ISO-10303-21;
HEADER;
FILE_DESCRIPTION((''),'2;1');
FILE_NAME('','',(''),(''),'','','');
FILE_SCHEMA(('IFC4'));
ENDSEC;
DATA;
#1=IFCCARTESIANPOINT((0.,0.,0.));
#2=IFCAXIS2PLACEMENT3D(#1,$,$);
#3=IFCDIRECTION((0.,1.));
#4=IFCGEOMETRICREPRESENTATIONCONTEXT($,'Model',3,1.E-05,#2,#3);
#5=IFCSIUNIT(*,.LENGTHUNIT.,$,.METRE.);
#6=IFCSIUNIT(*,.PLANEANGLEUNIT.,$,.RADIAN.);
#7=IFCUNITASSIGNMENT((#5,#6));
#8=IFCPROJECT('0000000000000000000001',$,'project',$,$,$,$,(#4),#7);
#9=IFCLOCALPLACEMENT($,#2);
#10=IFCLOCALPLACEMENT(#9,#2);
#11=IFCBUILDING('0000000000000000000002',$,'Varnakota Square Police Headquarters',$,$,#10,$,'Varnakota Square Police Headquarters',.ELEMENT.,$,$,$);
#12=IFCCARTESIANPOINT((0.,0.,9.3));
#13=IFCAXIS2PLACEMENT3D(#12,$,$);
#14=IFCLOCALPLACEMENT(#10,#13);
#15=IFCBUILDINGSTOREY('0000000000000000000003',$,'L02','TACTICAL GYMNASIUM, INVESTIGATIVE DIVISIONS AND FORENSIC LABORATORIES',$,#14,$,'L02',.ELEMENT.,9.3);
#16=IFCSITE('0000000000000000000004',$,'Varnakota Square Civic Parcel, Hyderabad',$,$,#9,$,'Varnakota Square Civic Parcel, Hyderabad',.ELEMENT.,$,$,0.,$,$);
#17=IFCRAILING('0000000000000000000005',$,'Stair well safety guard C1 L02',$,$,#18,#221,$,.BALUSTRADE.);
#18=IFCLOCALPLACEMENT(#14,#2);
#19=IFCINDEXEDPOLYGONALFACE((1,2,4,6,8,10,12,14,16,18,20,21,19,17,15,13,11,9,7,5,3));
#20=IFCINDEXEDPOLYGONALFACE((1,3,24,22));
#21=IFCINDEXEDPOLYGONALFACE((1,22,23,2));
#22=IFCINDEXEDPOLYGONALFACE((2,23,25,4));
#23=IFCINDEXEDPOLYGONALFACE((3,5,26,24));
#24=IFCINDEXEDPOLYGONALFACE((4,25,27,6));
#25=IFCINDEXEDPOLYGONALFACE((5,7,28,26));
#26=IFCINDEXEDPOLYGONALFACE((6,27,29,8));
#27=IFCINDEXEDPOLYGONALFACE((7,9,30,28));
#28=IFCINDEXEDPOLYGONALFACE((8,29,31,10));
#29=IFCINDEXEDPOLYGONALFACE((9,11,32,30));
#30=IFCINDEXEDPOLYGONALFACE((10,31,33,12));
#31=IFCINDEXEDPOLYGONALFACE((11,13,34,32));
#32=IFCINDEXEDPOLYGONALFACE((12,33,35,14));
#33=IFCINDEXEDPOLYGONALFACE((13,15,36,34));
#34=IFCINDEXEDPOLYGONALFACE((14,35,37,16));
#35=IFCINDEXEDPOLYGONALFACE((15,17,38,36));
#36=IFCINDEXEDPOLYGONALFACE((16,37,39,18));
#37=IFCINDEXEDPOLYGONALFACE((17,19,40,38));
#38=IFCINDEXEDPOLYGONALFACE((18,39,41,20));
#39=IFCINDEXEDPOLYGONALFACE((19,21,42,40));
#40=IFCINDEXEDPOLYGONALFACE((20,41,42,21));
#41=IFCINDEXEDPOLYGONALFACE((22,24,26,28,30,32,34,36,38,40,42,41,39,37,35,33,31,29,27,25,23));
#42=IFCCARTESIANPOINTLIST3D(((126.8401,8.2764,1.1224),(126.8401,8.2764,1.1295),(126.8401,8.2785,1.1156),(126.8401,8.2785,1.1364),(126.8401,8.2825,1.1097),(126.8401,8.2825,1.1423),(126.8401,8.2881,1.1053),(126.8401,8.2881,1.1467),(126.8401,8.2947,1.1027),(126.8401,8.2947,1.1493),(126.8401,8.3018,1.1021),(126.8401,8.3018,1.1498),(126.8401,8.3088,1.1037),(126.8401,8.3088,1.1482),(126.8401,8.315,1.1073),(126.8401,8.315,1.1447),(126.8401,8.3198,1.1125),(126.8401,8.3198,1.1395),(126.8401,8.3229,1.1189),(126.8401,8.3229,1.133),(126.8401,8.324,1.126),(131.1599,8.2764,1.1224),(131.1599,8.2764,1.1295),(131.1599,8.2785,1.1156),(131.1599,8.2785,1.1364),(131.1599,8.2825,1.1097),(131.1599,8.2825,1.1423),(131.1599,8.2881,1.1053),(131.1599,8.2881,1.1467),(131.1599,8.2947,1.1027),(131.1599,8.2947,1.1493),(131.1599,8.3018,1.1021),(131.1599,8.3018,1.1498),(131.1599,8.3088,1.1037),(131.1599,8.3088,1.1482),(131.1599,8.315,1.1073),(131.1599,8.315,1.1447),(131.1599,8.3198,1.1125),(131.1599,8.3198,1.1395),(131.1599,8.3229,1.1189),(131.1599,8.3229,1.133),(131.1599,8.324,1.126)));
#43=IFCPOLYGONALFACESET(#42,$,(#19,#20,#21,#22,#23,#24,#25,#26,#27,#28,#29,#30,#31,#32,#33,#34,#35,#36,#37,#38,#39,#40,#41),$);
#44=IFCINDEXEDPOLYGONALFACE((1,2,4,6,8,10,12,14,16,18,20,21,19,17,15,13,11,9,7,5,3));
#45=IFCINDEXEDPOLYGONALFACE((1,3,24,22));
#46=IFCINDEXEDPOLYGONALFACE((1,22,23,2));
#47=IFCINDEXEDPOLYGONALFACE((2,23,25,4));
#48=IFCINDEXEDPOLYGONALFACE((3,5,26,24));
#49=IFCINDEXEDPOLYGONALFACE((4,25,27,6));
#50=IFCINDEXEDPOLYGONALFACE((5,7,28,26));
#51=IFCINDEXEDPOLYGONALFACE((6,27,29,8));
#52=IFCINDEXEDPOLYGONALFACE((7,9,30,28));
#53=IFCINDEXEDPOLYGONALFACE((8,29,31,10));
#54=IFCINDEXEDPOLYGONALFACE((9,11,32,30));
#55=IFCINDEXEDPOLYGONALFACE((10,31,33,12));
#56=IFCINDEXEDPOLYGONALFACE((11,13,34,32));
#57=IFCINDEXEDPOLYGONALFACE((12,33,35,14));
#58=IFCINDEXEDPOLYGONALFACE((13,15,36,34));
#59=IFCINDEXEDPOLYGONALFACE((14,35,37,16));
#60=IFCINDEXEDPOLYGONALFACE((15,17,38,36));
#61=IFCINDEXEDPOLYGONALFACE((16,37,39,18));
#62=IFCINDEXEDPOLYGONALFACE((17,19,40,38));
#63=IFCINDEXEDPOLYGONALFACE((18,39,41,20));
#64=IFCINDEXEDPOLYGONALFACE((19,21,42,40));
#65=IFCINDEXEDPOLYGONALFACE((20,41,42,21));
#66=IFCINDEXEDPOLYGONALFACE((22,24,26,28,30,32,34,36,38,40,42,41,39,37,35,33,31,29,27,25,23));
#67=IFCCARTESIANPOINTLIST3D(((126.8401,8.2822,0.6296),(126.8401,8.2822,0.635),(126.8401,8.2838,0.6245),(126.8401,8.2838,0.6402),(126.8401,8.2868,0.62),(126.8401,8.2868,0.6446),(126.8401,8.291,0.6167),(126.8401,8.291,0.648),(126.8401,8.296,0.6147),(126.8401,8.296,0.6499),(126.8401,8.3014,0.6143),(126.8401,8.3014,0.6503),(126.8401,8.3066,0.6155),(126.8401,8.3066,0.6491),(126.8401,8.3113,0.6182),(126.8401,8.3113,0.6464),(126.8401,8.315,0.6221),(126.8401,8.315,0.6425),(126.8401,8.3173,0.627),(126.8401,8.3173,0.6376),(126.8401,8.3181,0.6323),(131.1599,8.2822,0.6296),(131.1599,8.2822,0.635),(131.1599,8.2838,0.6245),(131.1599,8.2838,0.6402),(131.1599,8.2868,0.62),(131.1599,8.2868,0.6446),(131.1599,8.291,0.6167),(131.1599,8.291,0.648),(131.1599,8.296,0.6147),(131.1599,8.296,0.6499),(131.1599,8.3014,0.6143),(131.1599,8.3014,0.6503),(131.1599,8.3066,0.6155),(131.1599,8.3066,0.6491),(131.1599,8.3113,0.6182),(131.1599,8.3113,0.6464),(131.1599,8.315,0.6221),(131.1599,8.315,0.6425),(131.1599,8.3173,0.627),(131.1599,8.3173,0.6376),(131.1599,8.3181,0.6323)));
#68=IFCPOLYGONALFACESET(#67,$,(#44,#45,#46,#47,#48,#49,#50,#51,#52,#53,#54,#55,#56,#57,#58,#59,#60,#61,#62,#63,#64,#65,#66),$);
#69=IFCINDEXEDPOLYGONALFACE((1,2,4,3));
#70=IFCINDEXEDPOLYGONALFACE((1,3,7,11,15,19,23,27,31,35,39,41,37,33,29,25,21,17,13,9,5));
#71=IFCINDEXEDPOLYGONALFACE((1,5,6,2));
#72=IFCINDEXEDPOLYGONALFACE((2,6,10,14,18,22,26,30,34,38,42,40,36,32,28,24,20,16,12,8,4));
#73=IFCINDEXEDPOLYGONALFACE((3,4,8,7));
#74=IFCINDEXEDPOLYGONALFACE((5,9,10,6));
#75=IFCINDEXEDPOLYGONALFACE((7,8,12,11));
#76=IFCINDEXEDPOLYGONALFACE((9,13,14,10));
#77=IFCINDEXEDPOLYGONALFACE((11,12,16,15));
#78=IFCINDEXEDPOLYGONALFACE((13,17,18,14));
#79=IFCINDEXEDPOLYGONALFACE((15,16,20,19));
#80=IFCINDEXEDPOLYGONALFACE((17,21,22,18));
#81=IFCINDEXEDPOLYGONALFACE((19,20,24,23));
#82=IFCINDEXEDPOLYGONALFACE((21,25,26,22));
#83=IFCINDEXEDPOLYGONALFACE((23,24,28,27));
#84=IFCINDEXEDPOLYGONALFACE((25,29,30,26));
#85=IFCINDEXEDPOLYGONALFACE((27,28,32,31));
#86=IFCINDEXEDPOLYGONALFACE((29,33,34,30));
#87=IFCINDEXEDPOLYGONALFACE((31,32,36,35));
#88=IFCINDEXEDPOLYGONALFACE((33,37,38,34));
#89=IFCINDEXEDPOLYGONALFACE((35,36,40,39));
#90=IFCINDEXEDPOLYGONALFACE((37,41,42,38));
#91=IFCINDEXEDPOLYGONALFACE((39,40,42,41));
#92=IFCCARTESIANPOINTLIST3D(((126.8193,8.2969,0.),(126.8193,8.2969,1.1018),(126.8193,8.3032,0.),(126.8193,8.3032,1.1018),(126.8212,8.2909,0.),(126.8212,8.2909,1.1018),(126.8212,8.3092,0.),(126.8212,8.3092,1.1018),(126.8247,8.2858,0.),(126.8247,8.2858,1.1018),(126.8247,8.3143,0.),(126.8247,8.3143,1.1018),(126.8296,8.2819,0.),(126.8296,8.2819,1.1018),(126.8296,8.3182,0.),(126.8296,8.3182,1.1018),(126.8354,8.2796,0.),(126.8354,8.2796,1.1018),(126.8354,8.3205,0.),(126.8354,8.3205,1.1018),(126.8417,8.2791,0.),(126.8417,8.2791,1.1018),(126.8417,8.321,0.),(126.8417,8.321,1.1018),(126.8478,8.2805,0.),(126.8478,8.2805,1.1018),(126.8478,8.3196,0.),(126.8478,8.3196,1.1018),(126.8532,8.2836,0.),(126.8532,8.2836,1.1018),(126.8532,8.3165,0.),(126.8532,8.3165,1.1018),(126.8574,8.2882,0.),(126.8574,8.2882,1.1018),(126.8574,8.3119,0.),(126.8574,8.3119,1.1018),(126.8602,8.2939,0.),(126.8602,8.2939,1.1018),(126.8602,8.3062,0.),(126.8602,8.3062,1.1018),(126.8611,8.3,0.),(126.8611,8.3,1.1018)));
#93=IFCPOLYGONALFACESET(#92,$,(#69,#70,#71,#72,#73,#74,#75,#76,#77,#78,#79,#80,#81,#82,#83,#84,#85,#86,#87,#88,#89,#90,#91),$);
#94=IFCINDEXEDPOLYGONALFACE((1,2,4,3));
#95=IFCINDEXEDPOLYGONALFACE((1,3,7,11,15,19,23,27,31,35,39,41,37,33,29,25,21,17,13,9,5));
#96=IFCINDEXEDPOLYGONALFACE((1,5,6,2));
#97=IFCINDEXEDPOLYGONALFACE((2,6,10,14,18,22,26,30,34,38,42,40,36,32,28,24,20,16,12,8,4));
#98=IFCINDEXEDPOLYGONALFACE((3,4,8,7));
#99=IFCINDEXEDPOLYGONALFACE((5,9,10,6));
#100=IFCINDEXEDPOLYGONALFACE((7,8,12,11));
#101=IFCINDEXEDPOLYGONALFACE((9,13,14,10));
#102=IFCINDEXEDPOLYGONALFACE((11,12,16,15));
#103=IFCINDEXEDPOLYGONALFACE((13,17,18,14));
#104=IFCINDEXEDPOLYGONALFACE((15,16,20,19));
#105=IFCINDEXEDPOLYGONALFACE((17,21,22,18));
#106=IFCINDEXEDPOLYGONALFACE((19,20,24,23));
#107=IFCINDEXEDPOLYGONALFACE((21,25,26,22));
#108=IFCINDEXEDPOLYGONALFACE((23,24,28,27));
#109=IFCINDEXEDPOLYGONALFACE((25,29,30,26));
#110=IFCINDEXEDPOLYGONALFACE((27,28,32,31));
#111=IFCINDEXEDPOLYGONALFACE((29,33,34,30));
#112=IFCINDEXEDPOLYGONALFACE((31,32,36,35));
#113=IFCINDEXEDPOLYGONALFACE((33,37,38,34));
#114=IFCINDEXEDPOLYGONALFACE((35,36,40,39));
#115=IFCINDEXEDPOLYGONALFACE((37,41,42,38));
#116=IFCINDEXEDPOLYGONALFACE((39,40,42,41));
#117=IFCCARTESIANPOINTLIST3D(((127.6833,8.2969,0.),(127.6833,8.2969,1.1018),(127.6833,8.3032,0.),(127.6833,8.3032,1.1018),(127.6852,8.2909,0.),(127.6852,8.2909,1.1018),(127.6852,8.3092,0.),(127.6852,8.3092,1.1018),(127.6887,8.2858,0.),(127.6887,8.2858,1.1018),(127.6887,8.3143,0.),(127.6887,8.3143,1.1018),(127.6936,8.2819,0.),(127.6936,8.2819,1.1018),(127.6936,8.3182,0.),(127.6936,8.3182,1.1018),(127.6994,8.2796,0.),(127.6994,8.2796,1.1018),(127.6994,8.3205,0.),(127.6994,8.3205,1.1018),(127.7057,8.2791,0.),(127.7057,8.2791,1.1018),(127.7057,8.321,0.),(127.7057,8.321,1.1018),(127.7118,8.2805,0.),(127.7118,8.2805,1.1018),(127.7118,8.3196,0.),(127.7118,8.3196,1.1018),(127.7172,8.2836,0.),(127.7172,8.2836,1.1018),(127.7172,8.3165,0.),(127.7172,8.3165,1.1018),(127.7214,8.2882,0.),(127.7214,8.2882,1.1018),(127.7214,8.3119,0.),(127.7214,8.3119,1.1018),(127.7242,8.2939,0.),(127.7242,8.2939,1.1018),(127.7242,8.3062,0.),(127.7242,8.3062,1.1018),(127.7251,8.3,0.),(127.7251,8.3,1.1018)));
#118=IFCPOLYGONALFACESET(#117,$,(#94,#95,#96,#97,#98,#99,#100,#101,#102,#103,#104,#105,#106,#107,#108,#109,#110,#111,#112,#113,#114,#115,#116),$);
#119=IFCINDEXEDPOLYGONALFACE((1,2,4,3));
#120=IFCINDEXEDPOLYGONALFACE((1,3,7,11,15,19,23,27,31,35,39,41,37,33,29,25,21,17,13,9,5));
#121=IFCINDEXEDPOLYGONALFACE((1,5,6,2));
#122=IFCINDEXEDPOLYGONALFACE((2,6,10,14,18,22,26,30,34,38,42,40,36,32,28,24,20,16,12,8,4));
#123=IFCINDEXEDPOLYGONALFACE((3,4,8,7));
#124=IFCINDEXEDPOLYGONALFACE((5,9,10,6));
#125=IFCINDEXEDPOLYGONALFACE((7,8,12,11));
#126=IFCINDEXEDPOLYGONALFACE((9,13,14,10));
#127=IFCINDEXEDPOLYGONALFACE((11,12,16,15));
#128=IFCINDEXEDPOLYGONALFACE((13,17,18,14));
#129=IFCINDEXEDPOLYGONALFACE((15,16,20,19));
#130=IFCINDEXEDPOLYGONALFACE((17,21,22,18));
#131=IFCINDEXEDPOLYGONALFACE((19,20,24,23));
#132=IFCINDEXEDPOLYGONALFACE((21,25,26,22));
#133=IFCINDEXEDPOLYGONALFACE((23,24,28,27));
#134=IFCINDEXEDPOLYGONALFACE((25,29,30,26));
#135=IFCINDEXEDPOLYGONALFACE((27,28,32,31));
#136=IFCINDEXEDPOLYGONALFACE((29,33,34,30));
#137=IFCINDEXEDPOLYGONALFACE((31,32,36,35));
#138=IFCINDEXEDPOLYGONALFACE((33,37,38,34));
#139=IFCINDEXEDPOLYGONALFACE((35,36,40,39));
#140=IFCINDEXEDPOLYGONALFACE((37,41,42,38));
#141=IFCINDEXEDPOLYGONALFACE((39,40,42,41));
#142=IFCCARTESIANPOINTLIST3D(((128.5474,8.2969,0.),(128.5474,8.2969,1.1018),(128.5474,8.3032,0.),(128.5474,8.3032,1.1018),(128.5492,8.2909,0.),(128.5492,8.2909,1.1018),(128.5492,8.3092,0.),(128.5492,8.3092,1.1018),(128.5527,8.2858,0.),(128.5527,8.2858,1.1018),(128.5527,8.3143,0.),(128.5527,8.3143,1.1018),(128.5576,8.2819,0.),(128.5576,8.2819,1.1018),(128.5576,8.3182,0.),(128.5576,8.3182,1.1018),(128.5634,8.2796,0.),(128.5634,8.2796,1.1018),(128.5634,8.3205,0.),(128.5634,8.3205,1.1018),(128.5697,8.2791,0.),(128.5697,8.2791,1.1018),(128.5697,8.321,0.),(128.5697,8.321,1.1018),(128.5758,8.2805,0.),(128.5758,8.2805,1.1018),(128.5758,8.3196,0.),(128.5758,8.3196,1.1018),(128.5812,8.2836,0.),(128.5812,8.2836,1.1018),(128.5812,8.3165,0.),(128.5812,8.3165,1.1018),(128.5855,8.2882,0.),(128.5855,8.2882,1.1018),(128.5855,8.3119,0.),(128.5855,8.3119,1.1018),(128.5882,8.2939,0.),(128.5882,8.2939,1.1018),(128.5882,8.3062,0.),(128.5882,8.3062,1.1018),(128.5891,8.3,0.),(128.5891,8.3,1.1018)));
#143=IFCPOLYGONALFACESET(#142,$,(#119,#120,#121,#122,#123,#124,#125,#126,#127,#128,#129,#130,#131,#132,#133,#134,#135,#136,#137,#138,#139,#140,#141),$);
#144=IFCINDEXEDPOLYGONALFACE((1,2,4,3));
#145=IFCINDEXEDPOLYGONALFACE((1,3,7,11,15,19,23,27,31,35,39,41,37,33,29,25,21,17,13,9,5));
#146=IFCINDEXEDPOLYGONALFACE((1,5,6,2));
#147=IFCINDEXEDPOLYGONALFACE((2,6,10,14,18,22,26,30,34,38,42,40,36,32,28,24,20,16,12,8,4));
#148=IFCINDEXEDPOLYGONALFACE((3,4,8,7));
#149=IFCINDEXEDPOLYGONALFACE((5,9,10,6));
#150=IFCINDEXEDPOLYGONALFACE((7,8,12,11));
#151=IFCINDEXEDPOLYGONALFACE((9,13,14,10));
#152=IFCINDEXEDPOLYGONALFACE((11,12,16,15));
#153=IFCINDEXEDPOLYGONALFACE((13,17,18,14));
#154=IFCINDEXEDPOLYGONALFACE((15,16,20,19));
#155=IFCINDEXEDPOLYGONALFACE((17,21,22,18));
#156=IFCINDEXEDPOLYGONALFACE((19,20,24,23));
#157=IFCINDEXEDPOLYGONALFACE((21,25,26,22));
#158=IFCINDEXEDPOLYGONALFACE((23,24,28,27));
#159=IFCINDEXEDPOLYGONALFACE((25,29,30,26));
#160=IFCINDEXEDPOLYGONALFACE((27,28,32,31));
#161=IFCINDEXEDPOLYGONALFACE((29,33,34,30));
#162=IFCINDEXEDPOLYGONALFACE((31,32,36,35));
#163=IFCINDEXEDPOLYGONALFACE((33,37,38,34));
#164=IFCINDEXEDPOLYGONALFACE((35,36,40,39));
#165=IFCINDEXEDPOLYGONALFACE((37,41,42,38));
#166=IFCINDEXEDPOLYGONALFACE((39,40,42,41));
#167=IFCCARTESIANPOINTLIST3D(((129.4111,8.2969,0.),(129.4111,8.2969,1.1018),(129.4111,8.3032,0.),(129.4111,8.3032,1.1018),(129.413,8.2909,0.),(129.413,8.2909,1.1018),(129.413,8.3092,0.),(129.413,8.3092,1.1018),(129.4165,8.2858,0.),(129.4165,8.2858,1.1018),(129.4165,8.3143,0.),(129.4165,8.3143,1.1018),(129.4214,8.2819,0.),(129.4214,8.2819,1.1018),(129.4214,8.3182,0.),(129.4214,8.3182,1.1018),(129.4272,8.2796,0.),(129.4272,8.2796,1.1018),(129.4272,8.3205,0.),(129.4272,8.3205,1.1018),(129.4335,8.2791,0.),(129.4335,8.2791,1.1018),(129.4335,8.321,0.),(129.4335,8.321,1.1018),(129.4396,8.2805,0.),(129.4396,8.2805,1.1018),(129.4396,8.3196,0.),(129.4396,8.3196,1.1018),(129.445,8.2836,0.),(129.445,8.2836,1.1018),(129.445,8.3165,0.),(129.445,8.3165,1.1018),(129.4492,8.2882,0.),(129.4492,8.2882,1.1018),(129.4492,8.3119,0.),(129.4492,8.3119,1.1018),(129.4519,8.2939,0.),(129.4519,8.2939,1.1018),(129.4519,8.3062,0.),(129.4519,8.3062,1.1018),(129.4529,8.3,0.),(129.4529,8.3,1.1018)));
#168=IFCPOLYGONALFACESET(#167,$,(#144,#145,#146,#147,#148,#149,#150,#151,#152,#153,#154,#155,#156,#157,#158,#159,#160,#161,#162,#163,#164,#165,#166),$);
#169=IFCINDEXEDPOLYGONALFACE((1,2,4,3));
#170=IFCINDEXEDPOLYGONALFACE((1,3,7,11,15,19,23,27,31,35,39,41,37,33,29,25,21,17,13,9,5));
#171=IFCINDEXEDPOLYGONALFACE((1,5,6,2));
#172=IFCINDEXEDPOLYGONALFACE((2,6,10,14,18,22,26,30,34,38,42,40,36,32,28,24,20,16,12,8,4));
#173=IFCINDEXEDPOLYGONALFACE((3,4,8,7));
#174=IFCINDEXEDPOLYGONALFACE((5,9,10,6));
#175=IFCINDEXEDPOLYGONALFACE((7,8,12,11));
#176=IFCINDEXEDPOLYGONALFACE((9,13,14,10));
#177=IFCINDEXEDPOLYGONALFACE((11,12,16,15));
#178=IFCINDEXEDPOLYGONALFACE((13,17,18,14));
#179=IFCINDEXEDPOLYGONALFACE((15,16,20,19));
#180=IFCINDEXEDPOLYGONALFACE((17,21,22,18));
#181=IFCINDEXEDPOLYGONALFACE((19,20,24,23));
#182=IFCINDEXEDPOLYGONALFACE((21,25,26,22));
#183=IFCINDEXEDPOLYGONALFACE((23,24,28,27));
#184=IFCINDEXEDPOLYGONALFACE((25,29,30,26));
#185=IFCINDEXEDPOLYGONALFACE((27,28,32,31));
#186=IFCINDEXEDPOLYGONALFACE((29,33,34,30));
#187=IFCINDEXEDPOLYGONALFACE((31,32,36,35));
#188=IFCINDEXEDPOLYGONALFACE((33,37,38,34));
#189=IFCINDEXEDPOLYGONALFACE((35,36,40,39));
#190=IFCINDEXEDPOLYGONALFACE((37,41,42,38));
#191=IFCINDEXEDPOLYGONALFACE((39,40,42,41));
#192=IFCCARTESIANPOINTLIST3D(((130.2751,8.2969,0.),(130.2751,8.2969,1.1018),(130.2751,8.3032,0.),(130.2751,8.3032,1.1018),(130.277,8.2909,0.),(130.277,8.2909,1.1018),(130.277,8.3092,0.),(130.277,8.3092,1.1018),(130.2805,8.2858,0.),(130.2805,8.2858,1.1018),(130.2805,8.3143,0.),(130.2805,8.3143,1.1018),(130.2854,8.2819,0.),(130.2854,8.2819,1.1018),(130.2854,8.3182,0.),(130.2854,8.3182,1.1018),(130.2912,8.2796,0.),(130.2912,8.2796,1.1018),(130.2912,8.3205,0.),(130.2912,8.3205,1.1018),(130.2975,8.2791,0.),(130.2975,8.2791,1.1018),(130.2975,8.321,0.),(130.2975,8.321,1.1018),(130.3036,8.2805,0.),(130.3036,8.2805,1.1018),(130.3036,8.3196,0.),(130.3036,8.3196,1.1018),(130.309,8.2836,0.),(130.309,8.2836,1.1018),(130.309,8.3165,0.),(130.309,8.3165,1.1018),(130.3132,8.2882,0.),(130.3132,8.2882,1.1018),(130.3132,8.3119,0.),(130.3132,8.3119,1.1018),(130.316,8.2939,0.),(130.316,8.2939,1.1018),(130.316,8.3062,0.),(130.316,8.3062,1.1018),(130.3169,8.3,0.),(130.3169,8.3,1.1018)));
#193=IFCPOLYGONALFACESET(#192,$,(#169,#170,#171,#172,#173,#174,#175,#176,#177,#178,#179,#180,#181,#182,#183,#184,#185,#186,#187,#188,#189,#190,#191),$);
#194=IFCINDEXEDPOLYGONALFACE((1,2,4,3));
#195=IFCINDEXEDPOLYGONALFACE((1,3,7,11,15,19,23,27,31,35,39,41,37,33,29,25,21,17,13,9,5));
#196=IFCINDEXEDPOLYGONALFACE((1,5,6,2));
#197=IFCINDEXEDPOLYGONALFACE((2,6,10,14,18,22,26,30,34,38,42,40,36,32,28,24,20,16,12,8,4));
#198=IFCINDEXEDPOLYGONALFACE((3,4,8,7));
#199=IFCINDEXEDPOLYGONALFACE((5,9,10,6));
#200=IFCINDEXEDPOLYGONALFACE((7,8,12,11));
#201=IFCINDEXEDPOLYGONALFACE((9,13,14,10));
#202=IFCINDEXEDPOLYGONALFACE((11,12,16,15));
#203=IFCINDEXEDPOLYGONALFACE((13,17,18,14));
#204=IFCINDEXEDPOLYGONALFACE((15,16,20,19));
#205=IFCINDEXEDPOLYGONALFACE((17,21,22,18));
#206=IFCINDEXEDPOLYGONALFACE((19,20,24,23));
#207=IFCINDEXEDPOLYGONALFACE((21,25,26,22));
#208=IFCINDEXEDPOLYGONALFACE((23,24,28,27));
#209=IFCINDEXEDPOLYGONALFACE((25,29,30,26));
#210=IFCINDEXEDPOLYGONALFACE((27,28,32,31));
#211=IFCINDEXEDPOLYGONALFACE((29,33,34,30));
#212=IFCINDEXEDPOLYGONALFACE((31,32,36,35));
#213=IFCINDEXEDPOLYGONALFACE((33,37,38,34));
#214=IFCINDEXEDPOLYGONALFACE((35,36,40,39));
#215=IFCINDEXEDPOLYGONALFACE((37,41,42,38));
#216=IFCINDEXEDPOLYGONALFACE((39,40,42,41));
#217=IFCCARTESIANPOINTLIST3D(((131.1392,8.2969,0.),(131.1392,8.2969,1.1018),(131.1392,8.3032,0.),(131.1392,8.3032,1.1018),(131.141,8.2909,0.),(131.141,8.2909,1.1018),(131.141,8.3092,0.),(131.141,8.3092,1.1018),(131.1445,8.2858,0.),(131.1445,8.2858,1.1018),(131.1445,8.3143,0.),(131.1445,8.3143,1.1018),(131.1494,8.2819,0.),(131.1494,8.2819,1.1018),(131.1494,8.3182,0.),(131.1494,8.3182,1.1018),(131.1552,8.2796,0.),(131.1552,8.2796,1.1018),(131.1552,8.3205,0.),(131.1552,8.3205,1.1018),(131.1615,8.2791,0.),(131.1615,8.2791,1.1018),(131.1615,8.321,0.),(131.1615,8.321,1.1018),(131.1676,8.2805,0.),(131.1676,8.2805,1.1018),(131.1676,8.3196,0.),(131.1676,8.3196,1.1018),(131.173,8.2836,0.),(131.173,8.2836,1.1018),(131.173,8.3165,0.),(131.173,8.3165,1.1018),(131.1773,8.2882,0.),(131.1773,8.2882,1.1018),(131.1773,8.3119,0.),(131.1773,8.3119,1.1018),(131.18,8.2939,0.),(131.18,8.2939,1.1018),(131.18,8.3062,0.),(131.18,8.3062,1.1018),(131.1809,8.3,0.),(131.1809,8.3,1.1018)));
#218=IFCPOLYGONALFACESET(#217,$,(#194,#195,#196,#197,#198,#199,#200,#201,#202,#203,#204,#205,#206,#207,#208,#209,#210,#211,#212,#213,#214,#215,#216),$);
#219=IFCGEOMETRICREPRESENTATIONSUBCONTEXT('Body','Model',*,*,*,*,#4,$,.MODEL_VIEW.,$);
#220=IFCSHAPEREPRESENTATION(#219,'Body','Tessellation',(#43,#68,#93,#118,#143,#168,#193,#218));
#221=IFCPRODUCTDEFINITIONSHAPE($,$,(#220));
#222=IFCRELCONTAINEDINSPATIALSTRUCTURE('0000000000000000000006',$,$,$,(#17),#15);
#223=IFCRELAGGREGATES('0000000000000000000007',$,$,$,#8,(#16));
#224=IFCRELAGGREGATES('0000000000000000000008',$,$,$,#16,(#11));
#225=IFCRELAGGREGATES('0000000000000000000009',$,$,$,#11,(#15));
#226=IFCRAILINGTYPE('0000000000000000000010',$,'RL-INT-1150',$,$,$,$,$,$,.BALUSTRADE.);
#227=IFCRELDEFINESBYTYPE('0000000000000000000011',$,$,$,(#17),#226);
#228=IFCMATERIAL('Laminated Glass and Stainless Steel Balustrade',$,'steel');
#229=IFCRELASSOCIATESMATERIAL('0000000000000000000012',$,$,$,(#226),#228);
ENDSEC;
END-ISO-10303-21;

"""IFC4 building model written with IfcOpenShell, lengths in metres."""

from ifc_helpers import new_model, si_unit, direction, frame, origin, origin_2d, place, context, subcontext, project, spatial, circle, extrude, material, type_object, element, save


model = new_model("IFC4")

# Units and contexts
model_context = context("Model", 3, precision=1e-05, world=origin(), true_north=direction((0.0, 1.0)))
body_context = subcontext(model_context, "Body", "Model", "MODEL_VIEW")
ifc_project = project(units=[si_unit("LENGTHUNIT", "METRE"), si_unit("PLANEANGLEUNIT", "RADIAN")], contexts=[model_context])

# Site, building, storey
site_placement = place(None, origin())
site = spatial("IfcSite", under=ifc_project, at=site_placement, Name="Varnakota Square Civic Parcel, Hyderabad", LongName="Varnakota Square Civic Parcel, Hyderabad", CompositionType="ELEMENT", RefElevation=0.0)
building_placement = place(site_placement, origin())
building = spatial("IfcBuilding", under=site, at=building_placement, Name="Varnakota Square Police Headquarters", LongName="Varnakota Square Police Headquarters", CompositionType="ELEMENT")
storey_placement = place(building_placement, frame((0.0, 0.0, 9.3)))
storey = spatial("IfcBuildingStorey", under=building, at=storey_placement, Name="L02", Description="TACTICAL GYMNASIUM, INVESTIGATIVE DIVISIONS AND FORENSIC LABORATORIES", LongName="L02", CompositionType="ELEMENT", Elevation=9.3)

# Railing
ifc_material_1 = material(Name="Laminated Glass and Stainless Steel Balustrade", Category="steel")
railing_type_1 = type_object("IfcRailingType", Name="RL-INT-1150", PredefinedType="BALUSTRADE", material=ifc_material_1)
railing_1_placement = place(storey_placement, frame((126.8401, 8.3, 0.0)))
element("IfcRailing", 1, at=railing_1_placement, inside=storey, type_object=railing_type_1, Name="Stair well safety guard C1 L02", PredefinedType="BALUSTRADE", context=body_context, shape_type="SweptSolid", body=[
    extrude(circle(Radius=0.0239, at=origin_2d()), frame((0.0, 0.0, 1.126), z_axis=(1.0, 0.0, 0.0), x_axis=(0.0, 1.0, 0.0)), (0.0, 0.0, 1.0), 4.3198),
    extrude(circle(Radius=0.0181, at=origin_2d()), frame((0.0, 0.0, 0.6323), z_axis=(1.0, 0.0, 0.0), x_axis=(0.0, 1.0, 0.0)), (0.0, 0.0, 1.0), 4.3198),
    extrude(circle(Radius=0.021, at=origin_2d()), origin(), (0.0, 0.0, 1.0), 1.1018),
    extrude(circle(Radius=0.021, at=origin_2d()), frame((0.864, 0.0, 0.0)), (0.0, 0.0, 1.0), 1.1018),
    extrude(circle(Radius=0.021, at=origin_2d()), frame((1.728, 0.0, 0.0)), (0.0, 0.0, 1.0), 1.1018),
    extrude(circle(Radius=0.021, at=origin_2d()), frame((2.5918, 0.0, 0.0)), (0.0, 0.0, 1.0), 1.1018),
    extrude(circle(Radius=0.021, at=origin_2d()), frame((3.4558, 0.0, 0.0)), (0.0, 0.0, 1.0), 1.1018),
    extrude(circle(Radius=0.021, at=origin_2d()), frame((4.3198, 0.0, 0.0)), (0.0, 0.0, 1.0), 1.1018),
])

save(model, "model.ifc")
